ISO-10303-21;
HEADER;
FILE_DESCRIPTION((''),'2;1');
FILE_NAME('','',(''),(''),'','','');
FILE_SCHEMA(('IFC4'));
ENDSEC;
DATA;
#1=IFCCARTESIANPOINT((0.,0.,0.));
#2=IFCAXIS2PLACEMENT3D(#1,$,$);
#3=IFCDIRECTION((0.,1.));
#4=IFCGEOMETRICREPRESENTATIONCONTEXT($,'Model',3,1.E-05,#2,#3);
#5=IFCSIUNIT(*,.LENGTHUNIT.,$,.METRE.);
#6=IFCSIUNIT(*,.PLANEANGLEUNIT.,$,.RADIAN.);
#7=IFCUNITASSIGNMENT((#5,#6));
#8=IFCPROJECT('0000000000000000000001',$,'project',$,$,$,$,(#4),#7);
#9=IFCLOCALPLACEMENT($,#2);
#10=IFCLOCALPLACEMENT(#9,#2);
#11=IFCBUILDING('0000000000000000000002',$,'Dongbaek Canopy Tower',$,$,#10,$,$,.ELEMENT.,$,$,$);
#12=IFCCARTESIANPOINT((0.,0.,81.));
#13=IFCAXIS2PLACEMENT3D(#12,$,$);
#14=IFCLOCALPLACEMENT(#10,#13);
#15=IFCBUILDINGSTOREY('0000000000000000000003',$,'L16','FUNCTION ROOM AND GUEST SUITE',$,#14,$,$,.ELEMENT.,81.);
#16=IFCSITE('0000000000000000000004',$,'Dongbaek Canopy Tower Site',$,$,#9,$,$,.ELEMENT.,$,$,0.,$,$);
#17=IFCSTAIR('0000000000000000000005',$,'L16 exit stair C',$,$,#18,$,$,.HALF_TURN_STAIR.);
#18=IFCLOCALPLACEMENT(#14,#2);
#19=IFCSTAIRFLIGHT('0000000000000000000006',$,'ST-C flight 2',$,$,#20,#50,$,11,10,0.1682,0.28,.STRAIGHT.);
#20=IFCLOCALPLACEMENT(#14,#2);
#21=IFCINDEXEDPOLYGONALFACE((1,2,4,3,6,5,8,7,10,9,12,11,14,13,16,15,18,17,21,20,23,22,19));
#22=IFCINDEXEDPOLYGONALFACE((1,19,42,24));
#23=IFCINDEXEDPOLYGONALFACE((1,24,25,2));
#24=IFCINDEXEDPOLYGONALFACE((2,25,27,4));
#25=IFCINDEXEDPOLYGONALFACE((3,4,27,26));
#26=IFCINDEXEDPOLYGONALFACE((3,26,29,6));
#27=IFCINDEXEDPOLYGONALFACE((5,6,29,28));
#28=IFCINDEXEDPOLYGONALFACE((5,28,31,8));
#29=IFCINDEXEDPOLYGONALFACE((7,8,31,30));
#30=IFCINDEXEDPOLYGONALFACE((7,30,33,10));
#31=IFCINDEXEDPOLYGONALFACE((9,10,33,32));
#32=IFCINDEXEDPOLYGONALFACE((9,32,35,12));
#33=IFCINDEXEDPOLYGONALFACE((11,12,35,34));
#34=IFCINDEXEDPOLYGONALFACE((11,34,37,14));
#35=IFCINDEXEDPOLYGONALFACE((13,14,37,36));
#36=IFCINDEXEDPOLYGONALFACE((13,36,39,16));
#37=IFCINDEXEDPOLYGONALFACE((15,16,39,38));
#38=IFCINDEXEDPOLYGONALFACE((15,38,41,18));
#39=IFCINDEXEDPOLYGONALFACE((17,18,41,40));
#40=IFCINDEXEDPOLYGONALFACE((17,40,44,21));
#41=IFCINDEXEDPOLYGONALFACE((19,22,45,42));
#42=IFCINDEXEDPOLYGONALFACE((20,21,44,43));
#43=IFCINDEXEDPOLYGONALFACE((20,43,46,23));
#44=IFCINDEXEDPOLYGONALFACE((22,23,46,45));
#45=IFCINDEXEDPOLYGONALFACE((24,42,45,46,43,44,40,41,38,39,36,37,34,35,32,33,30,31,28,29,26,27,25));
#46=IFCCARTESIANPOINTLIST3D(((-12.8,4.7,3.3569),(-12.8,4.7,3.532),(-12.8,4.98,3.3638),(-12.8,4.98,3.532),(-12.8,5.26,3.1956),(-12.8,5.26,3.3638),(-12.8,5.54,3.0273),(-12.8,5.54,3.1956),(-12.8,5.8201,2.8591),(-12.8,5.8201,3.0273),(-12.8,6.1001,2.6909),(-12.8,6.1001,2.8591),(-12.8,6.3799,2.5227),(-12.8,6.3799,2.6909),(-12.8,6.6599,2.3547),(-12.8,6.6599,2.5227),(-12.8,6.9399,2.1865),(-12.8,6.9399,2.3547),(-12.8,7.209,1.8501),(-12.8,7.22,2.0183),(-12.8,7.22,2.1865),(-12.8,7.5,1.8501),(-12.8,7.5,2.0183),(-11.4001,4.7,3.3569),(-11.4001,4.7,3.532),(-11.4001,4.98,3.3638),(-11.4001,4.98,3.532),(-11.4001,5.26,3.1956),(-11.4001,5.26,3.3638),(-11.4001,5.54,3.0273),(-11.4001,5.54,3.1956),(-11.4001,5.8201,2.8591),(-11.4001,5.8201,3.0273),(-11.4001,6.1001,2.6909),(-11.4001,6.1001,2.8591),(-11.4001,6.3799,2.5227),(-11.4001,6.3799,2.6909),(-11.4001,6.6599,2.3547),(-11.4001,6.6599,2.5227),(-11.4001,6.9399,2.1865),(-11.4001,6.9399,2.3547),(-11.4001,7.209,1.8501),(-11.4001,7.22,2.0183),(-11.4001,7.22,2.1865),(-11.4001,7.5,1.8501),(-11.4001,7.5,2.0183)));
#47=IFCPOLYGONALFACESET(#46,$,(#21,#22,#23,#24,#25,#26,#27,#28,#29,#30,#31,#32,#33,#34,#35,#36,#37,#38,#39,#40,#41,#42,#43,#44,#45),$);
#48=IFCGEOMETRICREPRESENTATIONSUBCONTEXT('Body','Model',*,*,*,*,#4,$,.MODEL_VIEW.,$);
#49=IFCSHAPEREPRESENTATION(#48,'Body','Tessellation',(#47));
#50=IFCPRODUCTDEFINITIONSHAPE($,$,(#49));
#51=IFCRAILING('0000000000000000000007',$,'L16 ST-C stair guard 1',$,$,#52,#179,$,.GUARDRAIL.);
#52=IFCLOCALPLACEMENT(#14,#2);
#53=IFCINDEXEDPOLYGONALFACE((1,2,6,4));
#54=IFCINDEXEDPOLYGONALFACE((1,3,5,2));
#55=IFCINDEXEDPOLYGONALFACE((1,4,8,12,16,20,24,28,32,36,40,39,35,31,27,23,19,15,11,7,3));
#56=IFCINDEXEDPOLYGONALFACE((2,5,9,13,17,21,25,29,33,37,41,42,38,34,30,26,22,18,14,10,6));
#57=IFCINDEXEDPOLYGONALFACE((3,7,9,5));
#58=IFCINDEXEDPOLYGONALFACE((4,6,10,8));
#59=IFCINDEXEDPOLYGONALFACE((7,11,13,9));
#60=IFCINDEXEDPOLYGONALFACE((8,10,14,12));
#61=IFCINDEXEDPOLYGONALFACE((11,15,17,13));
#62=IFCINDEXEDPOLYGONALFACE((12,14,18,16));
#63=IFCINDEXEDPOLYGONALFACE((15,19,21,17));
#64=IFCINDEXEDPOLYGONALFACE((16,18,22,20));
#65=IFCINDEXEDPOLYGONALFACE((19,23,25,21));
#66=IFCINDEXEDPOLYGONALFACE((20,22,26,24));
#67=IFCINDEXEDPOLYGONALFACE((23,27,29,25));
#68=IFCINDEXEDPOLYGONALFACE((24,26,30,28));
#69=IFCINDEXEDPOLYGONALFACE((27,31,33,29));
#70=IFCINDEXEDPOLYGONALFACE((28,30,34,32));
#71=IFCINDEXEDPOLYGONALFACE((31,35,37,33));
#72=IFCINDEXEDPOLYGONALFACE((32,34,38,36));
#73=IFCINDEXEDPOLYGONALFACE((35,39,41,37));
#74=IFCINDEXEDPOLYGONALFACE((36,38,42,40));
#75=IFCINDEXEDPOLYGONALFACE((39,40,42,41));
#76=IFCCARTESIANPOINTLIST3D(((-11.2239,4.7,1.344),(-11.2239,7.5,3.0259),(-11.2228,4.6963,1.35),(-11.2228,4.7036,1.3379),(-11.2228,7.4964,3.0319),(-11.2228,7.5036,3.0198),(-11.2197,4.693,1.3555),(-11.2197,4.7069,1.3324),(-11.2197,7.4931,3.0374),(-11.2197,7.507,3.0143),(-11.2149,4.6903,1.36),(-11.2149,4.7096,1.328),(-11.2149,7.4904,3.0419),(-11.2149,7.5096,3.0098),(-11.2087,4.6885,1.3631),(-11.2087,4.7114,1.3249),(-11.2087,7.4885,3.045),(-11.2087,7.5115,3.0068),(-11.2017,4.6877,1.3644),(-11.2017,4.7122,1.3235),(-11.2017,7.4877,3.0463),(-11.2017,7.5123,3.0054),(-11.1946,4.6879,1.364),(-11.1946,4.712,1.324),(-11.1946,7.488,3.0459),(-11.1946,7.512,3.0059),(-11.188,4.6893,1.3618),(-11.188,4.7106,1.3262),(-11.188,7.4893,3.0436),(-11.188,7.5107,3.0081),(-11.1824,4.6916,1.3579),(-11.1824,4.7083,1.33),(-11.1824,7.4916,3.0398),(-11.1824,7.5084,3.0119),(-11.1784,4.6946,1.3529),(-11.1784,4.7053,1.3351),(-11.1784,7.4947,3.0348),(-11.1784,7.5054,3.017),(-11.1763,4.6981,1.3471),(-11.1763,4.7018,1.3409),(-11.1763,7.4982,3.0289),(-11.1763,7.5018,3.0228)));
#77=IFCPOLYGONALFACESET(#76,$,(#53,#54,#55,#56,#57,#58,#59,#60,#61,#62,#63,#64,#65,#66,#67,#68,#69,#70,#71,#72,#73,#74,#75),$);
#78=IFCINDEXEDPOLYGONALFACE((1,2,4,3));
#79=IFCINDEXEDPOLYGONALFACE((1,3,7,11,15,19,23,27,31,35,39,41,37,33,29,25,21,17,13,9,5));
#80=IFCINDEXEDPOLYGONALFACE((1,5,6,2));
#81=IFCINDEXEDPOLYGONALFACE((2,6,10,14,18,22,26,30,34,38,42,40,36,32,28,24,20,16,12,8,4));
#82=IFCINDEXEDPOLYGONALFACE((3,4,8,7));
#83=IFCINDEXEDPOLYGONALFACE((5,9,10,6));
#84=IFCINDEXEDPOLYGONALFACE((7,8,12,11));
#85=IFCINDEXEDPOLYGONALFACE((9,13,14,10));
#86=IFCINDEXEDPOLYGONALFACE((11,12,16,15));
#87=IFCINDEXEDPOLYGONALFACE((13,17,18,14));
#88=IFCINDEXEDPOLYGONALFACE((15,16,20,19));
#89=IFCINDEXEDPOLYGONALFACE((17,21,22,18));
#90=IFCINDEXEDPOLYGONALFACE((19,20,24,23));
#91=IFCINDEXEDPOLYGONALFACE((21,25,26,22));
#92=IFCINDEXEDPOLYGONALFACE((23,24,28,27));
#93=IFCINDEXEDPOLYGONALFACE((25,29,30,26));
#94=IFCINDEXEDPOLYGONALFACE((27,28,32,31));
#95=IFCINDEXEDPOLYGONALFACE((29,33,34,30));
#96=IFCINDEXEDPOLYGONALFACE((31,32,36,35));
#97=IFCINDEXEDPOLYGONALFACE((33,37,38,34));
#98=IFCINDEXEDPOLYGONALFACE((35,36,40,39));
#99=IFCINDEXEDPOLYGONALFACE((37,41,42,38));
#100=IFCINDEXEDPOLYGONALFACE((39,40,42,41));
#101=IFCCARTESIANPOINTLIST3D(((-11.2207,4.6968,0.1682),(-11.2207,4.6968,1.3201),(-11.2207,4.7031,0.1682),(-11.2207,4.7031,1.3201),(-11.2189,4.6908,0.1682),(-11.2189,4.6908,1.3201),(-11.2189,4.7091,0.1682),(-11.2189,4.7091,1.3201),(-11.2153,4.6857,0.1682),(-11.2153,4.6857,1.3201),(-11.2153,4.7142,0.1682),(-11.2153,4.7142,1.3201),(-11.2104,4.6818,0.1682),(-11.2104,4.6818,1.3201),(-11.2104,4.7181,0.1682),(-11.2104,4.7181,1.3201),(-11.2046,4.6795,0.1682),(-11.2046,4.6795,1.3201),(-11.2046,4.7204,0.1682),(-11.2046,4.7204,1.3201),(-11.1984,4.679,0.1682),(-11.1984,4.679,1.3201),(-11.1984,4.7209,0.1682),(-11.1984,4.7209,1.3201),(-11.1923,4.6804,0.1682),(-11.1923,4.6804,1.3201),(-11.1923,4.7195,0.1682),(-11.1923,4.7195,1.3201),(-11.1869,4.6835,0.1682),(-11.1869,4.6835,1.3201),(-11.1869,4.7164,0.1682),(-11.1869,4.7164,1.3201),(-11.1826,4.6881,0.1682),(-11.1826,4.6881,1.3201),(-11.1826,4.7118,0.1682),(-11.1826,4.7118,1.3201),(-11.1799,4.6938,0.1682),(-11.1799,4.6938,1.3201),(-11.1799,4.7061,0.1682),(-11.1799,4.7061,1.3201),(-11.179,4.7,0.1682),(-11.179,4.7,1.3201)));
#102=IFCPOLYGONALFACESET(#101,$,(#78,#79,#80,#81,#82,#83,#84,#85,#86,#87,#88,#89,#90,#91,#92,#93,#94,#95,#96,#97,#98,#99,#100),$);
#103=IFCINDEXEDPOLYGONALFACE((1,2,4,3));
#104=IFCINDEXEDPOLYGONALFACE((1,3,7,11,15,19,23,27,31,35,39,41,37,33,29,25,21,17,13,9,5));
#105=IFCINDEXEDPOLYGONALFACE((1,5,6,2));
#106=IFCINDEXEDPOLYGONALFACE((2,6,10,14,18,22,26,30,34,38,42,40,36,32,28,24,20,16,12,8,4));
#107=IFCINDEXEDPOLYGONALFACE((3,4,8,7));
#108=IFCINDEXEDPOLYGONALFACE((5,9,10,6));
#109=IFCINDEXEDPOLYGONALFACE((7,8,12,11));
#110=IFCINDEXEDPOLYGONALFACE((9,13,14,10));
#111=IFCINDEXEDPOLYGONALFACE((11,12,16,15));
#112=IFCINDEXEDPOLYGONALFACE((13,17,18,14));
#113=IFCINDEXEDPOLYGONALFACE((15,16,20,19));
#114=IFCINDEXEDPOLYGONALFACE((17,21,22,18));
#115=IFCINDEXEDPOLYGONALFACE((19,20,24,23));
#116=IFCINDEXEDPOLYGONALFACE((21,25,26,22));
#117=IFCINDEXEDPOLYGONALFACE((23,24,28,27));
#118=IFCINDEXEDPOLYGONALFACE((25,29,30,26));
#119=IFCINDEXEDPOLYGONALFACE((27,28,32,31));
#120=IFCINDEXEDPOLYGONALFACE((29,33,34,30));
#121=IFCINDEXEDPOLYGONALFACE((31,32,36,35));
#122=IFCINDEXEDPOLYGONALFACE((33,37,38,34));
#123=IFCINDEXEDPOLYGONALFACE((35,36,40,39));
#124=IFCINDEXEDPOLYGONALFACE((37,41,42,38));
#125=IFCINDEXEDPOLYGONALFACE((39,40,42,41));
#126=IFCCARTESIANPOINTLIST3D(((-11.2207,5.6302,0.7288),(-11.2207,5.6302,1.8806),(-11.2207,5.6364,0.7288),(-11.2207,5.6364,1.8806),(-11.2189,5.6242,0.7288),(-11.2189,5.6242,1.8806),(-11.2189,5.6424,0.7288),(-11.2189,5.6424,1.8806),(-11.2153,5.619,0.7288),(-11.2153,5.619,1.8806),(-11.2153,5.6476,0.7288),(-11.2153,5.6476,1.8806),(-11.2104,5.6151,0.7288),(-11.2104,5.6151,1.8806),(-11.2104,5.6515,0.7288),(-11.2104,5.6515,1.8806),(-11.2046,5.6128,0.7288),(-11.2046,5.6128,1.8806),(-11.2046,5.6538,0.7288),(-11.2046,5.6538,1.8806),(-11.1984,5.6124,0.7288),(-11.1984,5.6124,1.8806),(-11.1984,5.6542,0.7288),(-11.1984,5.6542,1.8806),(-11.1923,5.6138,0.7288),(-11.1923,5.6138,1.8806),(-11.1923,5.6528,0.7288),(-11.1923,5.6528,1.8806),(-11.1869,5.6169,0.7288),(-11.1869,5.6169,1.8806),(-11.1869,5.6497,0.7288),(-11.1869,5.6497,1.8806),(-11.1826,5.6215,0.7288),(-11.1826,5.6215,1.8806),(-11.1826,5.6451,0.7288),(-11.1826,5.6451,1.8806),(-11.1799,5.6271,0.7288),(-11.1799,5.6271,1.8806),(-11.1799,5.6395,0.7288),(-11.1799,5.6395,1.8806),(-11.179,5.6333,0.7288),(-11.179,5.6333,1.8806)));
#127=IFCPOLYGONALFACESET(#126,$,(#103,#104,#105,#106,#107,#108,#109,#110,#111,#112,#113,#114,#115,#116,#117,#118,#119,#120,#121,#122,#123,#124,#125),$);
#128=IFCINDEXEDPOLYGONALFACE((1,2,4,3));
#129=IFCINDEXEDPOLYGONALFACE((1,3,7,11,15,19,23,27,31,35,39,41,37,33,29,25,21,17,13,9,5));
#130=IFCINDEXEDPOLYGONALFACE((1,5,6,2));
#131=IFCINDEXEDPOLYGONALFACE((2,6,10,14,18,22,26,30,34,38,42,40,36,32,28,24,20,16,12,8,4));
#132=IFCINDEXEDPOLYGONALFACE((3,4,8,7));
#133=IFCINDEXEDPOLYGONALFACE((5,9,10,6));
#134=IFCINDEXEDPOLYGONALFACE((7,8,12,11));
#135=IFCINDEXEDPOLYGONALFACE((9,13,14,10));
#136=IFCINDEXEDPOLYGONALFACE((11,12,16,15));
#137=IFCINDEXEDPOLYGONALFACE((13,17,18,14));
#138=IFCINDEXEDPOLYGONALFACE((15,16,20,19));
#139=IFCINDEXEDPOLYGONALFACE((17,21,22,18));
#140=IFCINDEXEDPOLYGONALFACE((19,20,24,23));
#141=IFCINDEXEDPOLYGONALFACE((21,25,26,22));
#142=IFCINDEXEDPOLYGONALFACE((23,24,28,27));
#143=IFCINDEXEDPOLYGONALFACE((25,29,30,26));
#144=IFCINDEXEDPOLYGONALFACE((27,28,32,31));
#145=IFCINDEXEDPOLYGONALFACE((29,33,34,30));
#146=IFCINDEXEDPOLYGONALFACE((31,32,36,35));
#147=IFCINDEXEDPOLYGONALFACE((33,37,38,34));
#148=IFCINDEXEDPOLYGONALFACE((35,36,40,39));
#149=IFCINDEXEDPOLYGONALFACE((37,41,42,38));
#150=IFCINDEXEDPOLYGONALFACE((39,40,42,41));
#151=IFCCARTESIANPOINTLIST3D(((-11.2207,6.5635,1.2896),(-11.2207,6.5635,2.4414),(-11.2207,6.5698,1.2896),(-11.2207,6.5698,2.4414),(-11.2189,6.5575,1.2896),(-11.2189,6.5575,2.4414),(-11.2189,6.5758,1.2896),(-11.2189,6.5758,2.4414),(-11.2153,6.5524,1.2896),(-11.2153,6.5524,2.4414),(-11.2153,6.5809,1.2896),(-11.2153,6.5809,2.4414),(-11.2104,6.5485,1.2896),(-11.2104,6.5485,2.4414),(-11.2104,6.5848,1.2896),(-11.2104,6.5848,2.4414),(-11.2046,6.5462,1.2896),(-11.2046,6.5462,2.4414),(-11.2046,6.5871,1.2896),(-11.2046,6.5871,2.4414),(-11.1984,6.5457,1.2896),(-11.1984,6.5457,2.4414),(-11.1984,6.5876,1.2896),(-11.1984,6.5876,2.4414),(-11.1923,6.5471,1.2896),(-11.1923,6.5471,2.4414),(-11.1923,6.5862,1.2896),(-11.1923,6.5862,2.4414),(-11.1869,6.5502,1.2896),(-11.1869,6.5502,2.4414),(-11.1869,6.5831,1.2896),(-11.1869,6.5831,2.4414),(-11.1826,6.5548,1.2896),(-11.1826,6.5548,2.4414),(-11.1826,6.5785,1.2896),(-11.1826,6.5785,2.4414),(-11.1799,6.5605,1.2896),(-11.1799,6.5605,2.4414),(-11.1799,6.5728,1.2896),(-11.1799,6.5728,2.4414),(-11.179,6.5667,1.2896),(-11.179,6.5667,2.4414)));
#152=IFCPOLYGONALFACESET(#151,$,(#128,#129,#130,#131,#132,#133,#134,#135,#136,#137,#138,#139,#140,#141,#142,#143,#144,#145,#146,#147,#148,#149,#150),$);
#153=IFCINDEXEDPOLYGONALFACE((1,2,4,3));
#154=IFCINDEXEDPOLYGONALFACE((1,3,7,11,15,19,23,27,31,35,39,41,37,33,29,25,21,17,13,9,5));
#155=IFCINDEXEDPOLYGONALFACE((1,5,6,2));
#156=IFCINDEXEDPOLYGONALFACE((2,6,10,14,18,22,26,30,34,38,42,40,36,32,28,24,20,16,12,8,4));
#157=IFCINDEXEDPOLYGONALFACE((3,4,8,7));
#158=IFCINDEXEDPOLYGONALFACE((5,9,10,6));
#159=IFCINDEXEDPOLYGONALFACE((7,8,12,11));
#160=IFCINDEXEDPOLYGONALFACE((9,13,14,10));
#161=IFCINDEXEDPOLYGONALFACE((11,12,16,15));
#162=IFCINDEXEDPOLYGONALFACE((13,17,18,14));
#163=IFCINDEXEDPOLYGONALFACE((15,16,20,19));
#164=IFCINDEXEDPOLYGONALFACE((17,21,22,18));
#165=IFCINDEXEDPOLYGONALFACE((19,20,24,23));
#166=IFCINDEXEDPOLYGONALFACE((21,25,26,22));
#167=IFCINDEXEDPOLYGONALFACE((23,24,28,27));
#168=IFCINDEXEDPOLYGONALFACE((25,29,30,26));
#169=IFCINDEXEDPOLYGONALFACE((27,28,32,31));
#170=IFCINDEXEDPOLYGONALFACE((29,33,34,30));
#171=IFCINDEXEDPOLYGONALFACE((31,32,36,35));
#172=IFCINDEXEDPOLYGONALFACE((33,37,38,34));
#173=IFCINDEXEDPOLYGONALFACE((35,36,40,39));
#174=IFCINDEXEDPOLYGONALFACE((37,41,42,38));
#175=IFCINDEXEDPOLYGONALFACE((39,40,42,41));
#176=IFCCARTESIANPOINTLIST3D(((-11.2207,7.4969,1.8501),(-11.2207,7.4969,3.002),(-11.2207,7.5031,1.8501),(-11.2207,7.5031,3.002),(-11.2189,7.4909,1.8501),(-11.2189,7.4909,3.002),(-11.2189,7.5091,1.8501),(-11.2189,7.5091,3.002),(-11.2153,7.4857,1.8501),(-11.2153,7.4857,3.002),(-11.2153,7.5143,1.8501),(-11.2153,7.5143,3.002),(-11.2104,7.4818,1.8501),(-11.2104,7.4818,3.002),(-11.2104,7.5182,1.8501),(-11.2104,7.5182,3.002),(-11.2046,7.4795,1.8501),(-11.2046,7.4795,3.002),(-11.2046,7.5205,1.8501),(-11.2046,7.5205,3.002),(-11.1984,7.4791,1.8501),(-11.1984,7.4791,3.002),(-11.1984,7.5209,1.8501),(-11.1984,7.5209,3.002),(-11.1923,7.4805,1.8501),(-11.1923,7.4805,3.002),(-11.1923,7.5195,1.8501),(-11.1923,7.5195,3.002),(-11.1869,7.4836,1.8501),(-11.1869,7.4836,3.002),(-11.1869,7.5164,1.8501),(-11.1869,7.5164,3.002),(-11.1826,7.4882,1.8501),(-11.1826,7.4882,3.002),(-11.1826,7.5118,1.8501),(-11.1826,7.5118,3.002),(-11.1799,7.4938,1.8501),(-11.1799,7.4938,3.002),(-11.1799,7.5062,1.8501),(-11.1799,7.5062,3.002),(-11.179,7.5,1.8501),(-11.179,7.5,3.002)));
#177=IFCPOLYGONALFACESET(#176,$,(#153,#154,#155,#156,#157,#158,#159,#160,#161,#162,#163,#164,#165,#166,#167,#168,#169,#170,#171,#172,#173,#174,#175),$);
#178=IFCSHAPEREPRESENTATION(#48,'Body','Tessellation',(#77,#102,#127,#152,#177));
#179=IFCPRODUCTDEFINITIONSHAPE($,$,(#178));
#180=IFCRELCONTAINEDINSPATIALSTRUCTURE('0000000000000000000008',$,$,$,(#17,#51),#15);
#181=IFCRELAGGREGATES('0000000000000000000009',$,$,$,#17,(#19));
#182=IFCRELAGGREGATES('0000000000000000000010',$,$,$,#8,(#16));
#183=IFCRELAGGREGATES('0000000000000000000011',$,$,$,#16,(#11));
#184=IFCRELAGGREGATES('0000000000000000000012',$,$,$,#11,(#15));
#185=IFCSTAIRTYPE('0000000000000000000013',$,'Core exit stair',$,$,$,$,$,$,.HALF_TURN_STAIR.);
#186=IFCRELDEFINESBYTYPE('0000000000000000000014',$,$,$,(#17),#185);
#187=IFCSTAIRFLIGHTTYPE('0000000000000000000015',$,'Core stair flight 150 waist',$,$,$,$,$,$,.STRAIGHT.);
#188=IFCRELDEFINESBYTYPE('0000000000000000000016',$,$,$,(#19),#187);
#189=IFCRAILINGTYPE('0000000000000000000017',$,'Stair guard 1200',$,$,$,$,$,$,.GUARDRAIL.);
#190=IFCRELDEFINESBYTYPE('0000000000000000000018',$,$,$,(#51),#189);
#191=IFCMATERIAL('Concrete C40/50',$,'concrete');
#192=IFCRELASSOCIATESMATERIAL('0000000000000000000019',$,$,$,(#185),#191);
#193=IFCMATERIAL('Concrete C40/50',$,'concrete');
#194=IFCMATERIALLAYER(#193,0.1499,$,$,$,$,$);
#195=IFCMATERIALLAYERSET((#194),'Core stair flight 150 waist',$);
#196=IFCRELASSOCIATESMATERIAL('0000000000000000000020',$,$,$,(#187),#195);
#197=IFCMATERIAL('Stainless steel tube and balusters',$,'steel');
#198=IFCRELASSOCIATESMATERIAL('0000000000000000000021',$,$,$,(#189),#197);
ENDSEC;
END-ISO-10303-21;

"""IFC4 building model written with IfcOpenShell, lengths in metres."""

from ifc_helpers import new_model, si_unit, direction, frame, origin, origin_2d, place, context, subcontext, project, spatial, polyline, circle, outline, extrude, material, layer, layer_set, type_object, element, aggregate, save


model = new_model("IFC4")

# Units and contexts
model_context = context("Model", 3, precision=1e-05, world=origin(), true_north=direction((0.0, 1.0)))
body_context = subcontext(model_context, "Body", "Model", "MODEL_VIEW")
ifc_project = project(units=[si_unit("LENGTHUNIT", "METRE"), si_unit("PLANEANGLEUNIT", "RADIAN")], contexts=[model_context])

# Site, building, storey
site_placement = place(None, origin())
site = spatial("IfcSite", under=ifc_project, at=site_placement, Name="Dongbaek Canopy Tower Site", CompositionType="ELEMENT", RefElevation=0.0)
building_placement = place(site_placement, origin())
building = spatial("IfcBuilding", under=site, at=building_placement, Name="Dongbaek Canopy Tower", CompositionType="ELEMENT")
storey_placement = place(building_placement, frame((0.0, 0.0, 81.0)))
storey = spatial("IfcBuildingStorey", under=building, at=storey_placement, Name="L16", Description="FUNCTION ROOM AND GUEST SUITE", CompositionType="ELEMENT", Elevation=81.0)

# Stair, stair flight
ifc_material_1 = material(Name="Concrete C40/50", Category="concrete")
stair_type = type_object("IfcStairType", Name="Core exit stair", PredefinedType="HALF_TURN_STAIR", material=ifc_material_1)
stair_placement = place(storey_placement, origin())
stair = element("IfcStair", 1, at=stair_placement, inside=storey, type_object=stair_type, Name="L16 exit stair C", PredefinedType="HALF_TURN_STAIR")
ifc_material_2 = material(Name="Concrete C40/50", Category="concrete")
ifc_layer_1 = layer(ifc_material_2, 0.1499)
ifc_layer_set_1 = layer_set([ifc_layer_1], Name="Core stair flight 150 waist")
stair_flight_type = type_object("IfcStairFlightType", Name="Core stair flight 150 waist", PredefinedType="STRAIGHT", material=ifc_layer_set_1)
stair_flight_1_placement = place(storey_placement, frame((-12.1001, 7.5, 1.8501), z_axis=(0.0, 0.0, 1.0), x_axis=(0.0, -1.0, 0.0)))
stair_flight_1 = element("IfcStairFlight", 2, at=stair_flight_1_placement, type_object=stair_flight_type, Name="ST-C flight 2", NumberOfRisers=11, NumberOfTreads=10, PredefinedType="STRAIGHT", RiserHeight=0.1682, TreadLength=0.28, context=body_context, shape_type="SweptSolid", body=[
    extrude(outline(polyline([(0.0, 0.0), (0.0, 0.1682), (0.28, 0.1682), (0.28, 0.3364), (0.5601, 0.3364), (0.5601, 0.5046), (0.8401, 0.5046), (0.8401, 0.6726), (1.1201, 0.6726), (1.1201, 0.8408), (1.3999, 0.8408), (1.3999, 1.009), (1.6799, 1.009), (1.6799, 1.1772), (1.96, 1.1772), (1.96, 1.3455), (2.24, 1.3455), (2.24, 1.5137), (2.52, 1.5137), (2.52, 1.6819), (2.8, 1.6819), (2.8, 1.8501), (2.8, 1.5068), (0.291, 0.0), (0.0, 0.0)])), frame((0.0, 0.7, 0.0), z_axis=(0.0, -1.0, 0.0), x_axis=(1.0, 0.0, 0.0)), (0.0, 0.0, 1.0), 1.3999),
])
aggregate(stair, [stair_flight_1])

# Railing
ifc_material_3 = material(Name="Stainless steel tube and balusters", Category="steel")
railing_type_1 = type_object("IfcRailingType", Name="Stair guard 1200", PredefinedType="GUARDRAIL", material=ifc_material_3)
railing_1_placement = place(storey_placement, frame((-11.2, 4.7, 0.1682)))
element("IfcRailing", 3, at=railing_1_placement, inside=storey, type_object=railing_type_1, Name="L16 ST-C stair guard 1", PredefinedType="GUARDRAIL", context=body_context, shape_type="SweptSolid", body=[
    extrude(circle(Radius=0.0239, at=origin_2d()), frame((0.0, 0.0, 1.1758), z_axis=(0.0, 0.857242, 0.514913), x_axis=(-1.0, 0.0, 0.0)), (0.0, 0.0, 1.0), 3.2664),
    extrude(circle(Radius=0.021, at=origin_2d()), origin(), (0.0, 0.0, 1.0), 1.1519),
    extrude(circle(Radius=0.021, at=origin_2d()), frame((0.0, 0.9333, 0.5605)), (0.0, 0.0, 1.0), 1.1519),
    extrude(circle(Radius=0.021, at=origin_2d()), frame((0.0, 1.8667, 1.1213)), (0.0, 0.0, 1.0), 1.1519),
    extrude(circle(Radius=0.021, at=origin_2d()), frame((0.0, 2.8, 1.6819)), (0.0, 0.0, 1.0), 1.1519),
])

save(model, "model.ifc")
